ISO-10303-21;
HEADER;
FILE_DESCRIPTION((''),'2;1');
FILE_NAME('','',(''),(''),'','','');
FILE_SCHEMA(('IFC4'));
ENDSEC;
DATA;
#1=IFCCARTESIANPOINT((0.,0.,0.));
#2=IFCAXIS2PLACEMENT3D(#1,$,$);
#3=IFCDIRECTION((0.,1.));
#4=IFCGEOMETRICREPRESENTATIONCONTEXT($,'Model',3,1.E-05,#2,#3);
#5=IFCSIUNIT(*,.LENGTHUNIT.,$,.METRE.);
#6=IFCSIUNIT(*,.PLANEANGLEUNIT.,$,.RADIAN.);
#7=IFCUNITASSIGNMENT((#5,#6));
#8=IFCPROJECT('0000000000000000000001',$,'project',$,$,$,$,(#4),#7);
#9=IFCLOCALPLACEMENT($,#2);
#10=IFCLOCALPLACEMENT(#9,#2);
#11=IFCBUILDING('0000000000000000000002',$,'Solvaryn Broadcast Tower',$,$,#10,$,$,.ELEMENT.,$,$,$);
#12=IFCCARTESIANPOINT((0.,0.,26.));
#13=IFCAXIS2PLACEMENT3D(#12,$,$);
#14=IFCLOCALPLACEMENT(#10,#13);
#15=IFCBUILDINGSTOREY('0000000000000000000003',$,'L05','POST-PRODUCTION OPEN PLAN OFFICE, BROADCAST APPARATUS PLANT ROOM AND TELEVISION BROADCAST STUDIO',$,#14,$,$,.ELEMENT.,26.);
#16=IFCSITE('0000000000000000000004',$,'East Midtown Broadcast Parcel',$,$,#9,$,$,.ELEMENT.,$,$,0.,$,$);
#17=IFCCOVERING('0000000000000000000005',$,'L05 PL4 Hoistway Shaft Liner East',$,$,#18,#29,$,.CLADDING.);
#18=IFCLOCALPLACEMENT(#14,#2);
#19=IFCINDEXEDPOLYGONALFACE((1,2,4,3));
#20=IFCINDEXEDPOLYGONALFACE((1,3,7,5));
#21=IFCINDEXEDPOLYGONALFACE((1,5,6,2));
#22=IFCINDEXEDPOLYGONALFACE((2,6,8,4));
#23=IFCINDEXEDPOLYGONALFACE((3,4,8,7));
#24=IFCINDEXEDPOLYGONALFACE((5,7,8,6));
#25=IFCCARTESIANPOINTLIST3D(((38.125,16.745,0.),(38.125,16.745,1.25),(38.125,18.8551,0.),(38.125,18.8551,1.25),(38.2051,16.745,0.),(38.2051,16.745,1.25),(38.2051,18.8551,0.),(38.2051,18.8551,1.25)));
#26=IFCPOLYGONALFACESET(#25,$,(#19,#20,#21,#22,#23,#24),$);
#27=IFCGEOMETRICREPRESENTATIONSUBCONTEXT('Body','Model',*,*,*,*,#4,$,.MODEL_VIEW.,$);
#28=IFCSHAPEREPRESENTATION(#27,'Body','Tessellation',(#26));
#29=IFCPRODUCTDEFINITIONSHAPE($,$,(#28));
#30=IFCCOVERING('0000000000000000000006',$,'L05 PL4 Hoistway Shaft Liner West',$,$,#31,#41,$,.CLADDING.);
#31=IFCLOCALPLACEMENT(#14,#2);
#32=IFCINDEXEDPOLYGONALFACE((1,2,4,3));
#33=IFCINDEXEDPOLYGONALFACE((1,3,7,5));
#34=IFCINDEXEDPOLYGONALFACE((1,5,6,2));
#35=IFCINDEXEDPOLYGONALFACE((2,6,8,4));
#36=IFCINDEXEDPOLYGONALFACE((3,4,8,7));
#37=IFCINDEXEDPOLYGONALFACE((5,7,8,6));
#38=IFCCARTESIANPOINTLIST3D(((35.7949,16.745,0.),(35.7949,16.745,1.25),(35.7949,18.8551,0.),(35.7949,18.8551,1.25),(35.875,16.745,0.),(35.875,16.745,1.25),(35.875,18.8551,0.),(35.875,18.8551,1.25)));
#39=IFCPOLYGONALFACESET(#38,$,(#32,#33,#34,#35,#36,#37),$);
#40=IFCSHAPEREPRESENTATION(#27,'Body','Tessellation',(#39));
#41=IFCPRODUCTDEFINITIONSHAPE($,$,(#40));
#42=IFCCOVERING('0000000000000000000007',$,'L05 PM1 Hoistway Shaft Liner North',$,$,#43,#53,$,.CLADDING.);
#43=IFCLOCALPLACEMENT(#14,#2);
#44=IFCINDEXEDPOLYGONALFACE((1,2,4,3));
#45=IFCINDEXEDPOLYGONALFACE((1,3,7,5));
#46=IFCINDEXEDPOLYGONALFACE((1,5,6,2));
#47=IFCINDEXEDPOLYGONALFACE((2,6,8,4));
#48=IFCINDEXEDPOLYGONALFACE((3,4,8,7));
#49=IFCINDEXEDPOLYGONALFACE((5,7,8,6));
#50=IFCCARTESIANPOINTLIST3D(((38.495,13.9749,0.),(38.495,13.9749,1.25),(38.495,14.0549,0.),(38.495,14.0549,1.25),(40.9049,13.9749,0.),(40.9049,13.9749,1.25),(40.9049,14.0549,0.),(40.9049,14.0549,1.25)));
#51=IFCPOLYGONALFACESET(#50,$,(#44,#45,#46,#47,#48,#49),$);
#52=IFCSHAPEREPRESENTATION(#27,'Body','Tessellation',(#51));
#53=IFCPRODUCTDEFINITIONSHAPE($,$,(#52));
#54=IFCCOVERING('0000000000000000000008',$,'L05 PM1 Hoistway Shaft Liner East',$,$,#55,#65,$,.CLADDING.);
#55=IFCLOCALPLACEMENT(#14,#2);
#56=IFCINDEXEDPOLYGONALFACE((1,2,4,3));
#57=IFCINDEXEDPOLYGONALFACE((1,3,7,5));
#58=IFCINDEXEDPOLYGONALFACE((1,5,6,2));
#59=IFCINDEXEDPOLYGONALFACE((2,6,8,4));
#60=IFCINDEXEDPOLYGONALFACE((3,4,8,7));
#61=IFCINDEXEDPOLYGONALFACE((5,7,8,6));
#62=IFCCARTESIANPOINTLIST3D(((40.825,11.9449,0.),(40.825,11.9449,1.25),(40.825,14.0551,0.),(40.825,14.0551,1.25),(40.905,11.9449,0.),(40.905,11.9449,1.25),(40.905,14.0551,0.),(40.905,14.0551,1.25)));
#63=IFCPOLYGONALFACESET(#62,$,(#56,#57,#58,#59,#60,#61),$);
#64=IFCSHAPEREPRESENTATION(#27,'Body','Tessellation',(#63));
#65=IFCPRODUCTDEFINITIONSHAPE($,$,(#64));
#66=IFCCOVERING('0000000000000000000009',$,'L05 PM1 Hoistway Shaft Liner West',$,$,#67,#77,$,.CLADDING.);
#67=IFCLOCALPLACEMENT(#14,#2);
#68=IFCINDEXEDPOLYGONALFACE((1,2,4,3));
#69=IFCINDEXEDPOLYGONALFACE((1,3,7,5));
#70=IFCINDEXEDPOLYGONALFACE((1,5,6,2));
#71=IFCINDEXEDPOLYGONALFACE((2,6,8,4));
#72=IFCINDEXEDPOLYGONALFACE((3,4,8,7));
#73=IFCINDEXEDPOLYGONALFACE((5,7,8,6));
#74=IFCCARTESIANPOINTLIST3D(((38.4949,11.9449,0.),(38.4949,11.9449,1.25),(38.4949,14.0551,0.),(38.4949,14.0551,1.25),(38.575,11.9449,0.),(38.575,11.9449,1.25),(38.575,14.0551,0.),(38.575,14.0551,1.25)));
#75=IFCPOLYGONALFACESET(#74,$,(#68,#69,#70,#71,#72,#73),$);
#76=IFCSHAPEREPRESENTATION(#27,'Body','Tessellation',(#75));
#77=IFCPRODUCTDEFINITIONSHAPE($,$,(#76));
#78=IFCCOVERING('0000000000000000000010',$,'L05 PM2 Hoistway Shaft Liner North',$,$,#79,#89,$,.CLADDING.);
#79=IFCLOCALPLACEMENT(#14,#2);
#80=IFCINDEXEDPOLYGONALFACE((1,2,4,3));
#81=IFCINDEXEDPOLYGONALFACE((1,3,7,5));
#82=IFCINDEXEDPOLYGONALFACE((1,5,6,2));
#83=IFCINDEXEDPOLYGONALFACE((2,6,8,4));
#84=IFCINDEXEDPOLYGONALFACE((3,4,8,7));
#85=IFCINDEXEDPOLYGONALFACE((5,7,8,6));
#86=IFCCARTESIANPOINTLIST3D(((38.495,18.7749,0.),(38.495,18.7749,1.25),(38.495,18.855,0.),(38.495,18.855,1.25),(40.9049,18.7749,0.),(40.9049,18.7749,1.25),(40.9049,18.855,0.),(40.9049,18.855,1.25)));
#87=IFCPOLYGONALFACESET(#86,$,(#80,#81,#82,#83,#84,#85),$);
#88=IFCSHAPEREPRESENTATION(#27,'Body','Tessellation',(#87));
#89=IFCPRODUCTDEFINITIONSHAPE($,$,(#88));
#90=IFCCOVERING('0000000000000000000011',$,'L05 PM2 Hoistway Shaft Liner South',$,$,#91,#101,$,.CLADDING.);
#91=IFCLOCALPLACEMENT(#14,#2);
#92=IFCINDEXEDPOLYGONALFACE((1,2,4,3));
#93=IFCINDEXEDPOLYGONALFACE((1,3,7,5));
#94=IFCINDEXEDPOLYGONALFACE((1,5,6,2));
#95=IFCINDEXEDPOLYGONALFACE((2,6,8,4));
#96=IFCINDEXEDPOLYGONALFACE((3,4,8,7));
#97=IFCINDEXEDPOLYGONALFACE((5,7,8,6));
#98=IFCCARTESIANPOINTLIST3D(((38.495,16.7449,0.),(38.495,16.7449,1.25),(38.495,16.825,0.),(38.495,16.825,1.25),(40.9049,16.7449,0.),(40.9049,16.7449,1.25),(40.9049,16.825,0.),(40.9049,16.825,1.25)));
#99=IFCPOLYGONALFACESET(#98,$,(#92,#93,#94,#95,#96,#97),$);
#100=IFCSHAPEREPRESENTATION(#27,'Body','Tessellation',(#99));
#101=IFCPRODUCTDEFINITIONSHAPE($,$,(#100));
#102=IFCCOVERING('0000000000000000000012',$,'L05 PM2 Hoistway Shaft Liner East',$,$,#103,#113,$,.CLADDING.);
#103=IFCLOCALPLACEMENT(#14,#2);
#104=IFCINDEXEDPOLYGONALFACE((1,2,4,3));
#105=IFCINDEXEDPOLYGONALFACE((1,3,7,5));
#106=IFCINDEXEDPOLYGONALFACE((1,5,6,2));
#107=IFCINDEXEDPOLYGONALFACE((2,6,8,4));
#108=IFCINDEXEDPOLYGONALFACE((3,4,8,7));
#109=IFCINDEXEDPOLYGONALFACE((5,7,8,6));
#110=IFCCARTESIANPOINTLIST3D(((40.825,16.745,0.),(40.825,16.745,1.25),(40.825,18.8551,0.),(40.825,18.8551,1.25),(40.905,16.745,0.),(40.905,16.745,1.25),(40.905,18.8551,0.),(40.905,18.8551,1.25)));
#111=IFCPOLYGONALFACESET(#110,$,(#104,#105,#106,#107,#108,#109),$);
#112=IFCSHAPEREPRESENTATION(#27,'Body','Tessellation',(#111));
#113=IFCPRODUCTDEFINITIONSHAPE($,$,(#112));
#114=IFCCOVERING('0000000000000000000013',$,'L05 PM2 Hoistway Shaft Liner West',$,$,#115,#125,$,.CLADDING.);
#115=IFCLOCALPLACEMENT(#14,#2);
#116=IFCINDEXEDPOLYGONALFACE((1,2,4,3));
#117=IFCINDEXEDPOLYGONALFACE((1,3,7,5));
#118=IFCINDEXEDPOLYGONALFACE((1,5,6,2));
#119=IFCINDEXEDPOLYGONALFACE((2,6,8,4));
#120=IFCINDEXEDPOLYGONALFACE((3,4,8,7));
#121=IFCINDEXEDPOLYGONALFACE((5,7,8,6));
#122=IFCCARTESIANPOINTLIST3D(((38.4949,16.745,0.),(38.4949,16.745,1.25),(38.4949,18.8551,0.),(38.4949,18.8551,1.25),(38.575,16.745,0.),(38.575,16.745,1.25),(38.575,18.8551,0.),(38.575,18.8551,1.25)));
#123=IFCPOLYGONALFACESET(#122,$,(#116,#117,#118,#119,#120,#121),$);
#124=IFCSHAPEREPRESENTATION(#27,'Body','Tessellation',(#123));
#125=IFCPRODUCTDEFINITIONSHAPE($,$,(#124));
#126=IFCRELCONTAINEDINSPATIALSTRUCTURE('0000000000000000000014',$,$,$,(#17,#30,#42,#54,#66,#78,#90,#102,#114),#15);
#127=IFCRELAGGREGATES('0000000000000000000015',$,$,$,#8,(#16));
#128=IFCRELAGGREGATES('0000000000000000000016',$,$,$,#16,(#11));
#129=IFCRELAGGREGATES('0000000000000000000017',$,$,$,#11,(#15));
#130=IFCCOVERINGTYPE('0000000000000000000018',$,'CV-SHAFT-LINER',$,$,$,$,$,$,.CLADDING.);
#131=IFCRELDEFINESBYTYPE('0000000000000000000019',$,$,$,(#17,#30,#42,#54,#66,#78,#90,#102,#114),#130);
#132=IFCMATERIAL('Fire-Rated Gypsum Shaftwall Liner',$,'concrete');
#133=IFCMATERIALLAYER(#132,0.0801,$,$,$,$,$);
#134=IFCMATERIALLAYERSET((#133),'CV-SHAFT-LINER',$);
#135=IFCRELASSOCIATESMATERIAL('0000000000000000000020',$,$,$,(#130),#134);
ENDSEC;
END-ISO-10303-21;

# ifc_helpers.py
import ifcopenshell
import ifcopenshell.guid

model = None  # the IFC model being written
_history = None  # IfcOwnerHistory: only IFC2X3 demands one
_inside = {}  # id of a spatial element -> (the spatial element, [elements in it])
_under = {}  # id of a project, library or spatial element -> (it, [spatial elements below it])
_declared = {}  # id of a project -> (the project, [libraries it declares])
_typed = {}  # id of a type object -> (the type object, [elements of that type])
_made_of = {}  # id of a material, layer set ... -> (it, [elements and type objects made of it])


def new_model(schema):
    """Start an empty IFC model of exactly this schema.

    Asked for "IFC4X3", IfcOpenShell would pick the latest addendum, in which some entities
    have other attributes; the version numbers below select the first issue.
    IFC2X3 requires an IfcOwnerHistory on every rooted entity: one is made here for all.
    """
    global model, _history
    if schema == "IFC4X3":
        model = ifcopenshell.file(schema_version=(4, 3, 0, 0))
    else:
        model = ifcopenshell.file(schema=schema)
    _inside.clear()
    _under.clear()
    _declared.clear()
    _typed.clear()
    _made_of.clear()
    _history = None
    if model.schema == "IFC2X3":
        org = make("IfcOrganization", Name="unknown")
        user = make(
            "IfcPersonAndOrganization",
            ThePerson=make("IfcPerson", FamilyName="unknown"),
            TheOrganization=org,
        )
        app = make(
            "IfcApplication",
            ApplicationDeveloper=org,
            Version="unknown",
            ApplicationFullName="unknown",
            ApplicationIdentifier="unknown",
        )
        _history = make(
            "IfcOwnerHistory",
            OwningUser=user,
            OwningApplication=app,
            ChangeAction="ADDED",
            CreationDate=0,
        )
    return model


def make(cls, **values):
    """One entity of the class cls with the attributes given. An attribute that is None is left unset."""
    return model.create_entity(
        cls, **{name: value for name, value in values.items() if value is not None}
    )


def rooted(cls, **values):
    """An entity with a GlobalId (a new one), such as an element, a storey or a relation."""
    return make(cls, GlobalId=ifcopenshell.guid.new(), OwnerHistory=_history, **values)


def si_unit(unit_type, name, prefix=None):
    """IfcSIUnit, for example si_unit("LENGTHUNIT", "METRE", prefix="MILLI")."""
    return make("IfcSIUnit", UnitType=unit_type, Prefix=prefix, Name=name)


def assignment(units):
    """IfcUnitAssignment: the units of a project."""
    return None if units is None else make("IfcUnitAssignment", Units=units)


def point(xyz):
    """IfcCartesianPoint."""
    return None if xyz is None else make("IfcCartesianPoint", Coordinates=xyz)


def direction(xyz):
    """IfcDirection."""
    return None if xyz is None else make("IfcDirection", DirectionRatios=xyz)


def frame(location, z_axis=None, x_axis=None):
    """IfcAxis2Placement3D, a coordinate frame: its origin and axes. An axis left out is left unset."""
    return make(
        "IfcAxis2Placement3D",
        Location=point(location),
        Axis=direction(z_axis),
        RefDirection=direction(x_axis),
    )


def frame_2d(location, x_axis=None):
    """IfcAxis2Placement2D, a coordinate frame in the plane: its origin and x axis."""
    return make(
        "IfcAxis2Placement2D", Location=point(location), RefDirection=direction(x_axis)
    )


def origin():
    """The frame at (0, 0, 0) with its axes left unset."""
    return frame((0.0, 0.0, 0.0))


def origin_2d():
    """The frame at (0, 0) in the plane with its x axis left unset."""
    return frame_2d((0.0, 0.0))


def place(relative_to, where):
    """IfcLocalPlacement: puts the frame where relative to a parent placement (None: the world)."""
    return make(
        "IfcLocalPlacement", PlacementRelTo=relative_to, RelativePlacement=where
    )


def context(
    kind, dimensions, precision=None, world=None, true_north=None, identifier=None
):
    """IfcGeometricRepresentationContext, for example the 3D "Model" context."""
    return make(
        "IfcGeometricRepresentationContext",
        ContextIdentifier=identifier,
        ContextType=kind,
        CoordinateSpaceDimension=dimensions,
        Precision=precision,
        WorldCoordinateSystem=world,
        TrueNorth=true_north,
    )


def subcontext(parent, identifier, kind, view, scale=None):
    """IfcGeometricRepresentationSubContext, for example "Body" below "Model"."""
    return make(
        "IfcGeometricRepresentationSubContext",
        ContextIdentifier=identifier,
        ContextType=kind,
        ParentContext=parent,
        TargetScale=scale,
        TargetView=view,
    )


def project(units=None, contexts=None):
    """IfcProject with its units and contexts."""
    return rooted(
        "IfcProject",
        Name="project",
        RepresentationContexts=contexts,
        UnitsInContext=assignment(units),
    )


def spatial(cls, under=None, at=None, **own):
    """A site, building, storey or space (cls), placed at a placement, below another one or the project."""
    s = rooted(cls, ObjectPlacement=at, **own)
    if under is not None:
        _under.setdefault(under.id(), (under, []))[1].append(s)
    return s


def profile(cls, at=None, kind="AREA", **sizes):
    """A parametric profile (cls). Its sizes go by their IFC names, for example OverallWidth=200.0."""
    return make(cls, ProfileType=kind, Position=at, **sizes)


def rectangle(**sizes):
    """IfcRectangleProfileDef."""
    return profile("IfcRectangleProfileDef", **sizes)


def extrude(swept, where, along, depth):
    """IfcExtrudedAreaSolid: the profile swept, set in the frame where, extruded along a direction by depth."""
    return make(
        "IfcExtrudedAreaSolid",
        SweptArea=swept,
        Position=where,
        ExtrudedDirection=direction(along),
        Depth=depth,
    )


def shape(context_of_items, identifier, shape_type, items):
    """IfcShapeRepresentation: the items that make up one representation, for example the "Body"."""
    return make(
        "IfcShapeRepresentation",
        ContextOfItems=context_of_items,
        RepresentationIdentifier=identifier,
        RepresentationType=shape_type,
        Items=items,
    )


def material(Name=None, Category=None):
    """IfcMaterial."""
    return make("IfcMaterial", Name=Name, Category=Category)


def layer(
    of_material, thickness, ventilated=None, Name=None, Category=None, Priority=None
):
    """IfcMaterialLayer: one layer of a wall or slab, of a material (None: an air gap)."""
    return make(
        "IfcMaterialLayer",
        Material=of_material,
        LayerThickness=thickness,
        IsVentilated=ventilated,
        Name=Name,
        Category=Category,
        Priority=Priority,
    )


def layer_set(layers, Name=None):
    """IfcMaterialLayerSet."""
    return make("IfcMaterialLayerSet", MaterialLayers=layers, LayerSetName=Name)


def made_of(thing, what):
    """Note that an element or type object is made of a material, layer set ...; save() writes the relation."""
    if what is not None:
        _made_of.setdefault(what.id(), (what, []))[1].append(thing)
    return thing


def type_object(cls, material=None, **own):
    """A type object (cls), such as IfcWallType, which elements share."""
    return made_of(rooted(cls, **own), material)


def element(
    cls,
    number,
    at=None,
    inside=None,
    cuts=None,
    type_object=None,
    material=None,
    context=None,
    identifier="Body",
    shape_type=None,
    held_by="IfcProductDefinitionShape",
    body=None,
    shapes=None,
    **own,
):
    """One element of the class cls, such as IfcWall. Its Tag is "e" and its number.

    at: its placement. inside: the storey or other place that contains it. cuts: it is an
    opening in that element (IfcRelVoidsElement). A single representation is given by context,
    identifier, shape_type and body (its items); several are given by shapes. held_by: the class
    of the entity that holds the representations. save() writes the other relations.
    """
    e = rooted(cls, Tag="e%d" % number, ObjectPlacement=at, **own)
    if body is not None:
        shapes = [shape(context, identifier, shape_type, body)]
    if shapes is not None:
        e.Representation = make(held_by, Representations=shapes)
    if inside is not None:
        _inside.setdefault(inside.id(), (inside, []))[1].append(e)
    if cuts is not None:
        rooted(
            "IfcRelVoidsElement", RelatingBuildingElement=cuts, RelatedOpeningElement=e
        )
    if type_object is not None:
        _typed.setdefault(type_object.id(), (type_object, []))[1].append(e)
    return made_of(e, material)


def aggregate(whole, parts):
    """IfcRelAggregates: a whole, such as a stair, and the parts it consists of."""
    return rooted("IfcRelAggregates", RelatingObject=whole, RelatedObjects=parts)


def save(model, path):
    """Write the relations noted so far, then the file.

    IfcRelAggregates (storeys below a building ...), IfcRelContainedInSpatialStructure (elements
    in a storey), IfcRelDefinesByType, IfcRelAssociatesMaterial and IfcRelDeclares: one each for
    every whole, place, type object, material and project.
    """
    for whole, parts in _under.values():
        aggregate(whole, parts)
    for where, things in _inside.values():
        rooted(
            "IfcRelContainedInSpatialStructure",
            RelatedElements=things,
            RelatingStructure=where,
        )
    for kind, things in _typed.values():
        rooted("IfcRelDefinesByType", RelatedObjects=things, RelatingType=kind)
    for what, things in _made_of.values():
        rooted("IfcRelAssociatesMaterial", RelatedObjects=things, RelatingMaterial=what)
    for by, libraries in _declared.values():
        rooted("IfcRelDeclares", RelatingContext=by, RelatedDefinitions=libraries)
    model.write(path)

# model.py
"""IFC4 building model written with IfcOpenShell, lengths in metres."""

from ifc_helpers import new_model, si_unit, direction, frame, origin, origin_2d, place, context, subcontext, project, spatial, rectangle, extrude, material, layer, layer_set, type_object, element, save


model = new_model("IFC4")

# Units and contexts
model_context = context("Model", 3, precision=1e-05, world=origin(), true_north=direction((0.0, 1.0)))
body_context = subcontext(model_context, "Body", "Model", "MODEL_VIEW")
ifc_project = project(units=[si_unit("LENGTHUNIT", "METRE"), si_unit("PLANEANGLEUNIT", "RADIAN")], contexts=[model_context])

# Site, building, storey
site_placement = place(None, origin())
site = spatial("IfcSite", under=ifc_project, at=site_placement, Name="East Midtown Broadcast Parcel", CompositionType="ELEMENT", RefElevation=0.0)
building_placement = place(site_placement, origin())
building = spatial("IfcBuilding", under=site, at=building_placement, Name="Solvaryn Broadcast Tower", CompositionType="ELEMENT")
storey_placement = place(building_placement, frame((0.0, 0.0, 26.0)))
storey = spatial("IfcBuildingStorey", under=building, at=storey_placement, Name="L05", Description="POST-PRODUCTION OPEN PLAN OFFICE, BROADCAST APPARATUS PLANT ROOM AND TELEVISION BROADCAST STUDIO", CompositionType="ELEMENT", Elevation=26.0)

# Coverings
ifc_material_1 = material(Name="Fire-Rated Gypsum Shaftwall Liner", Category="concrete")
ifc_layer_1 = layer(ifc_material_1, 0.0801)
ifc_layer_set_1 = layer_set([ifc_layer_1], Name="CV-SHAFT-LINER")
covering_type = type_object("IfcCoveringType", Name="CV-SHAFT-LINER", PredefinedType="CLADDING", material=ifc_layer_set_1)
for number, where, z_axis, x_axis, name in (
    (1, (38.165, 17.8, 0.0), (0.0, 0.0, 1.0), (1.0, 0.0, 0.0), "L05 PL4 Hoistway Shaft Liner East"),
    (2, (35.835, 17.8, 0.0), (0.0, 0.0, 1.0), (1.0, 0.0, 0.0), "L05 PL4 Hoistway Shaft Liner West"),
):
    element("IfcCovering", number, at=place(storey_placement, frame(where, z_axis=z_axis, x_axis=x_axis)), inside=storey, type_object=covering_type, Name=name, PredefinedType="CLADDING", context=body_context, shape_type="SweptSolid", body=[
        extrude(rectangle(XDim=0.0801, YDim=2.1101, at=origin_2d()), origin(), (0.0, 0.0, 1.0), 1.25),
    ])
covering_1_placement = place(storey_placement, frame((39.7, 14.0149, 0.0), z_axis=(0.0, 0.0, 1.0), x_axis=(1.0, 0.0, 0.0)))
element("IfcCovering", 3, at=covering_1_placement, inside=storey, type_object=covering_type, Name="L05 PM1 Hoistway Shaft Liner North", PredefinedType="CLADDING", context=body_context, shape_type="SweptSolid", body=[
    extrude(rectangle(XDim=2.4099, YDim=0.0801, at=origin_2d()), origin(), (0.0, 0.0, 1.0), 1.25),
])
for number, where, z_axis, x_axis, name in (
    (4, (40.865, 13.0, 0.0), (0.0, 0.0, 1.0), (1.0, 0.0, 0.0), "L05 PM1 Hoistway Shaft Liner East"),
    (5, (38.5349, 13.0, 0.0), (0.0, 0.0, 1.0), (1.0, 0.0, 0.0), "L05 PM1 Hoistway Shaft Liner West"),
):
    element("IfcCovering", number, at=place(storey_placement, frame(where, z_axis=z_axis, x_axis=x_axis)), inside=storey, type_object=covering_type, Name=name, PredefinedType="CLADDING", context=body_context, shape_type="SweptSolid", body=[
        extrude(rectangle(XDim=0.0801, YDim=2.1101, at=origin_2d()), origin(), (0.0, 0.0, 1.0), 1.25),
    ])
for number, where, z_axis, x_axis, name in (
    (6, (39.7, 18.8149, 0.0), (0.0, 0.0, 1.0), (1.0, 0.0, 0.0), "L05 PM2 Hoistway Shaft Liner North"),
    (7, (39.7, 16.7849, 0.0), (0.0, 0.0, 1.0), (1.0, 0.0, 0.0), "L05 PM2 Hoistway Shaft Liner South"),
):
    element("IfcCovering", number, at=place(storey_placement, frame(where, z_axis=z_axis, x_axis=x_axis)), inside=storey, type_object=covering_type, Name=name, PredefinedType="CLADDING", context=body_context, shape_type="SweptSolid", body=[
        extrude(rectangle(XDim=2.4099, YDim=0.0801, at=origin_2d()), origin(), (0.0, 0.0, 1.0), 1.25),
    ])
for number, where, z_axis, x_axis, name in (
    (8, (40.865, 17.8, 0.0), (0.0, 0.0, 1.0), (1.0, 0.0, 0.0), "L05 PM2 Hoistway Shaft Liner East"),
    (9, (38.5349, 17.8, 0.0), (0.0, 0.0, 1.0), (1.0, 0.0, 0.0), "L05 PM2 Hoistway Shaft Liner West"),
):
    element("IfcCovering", number, at=place(storey_placement, frame(where, z_axis=z_axis, x_axis=x_axis)), inside=storey, type_object=covering_type, Name=name, PredefinedType="CLADDING", context=body_context, shape_type="SweptSolid", body=[
        extrude(rectangle(XDim=0.0801, YDim=2.1101, at=origin_2d()), origin(), (0.0, 0.0, 1.0), 1.25),
    ])

save(model, "model.ifc")
